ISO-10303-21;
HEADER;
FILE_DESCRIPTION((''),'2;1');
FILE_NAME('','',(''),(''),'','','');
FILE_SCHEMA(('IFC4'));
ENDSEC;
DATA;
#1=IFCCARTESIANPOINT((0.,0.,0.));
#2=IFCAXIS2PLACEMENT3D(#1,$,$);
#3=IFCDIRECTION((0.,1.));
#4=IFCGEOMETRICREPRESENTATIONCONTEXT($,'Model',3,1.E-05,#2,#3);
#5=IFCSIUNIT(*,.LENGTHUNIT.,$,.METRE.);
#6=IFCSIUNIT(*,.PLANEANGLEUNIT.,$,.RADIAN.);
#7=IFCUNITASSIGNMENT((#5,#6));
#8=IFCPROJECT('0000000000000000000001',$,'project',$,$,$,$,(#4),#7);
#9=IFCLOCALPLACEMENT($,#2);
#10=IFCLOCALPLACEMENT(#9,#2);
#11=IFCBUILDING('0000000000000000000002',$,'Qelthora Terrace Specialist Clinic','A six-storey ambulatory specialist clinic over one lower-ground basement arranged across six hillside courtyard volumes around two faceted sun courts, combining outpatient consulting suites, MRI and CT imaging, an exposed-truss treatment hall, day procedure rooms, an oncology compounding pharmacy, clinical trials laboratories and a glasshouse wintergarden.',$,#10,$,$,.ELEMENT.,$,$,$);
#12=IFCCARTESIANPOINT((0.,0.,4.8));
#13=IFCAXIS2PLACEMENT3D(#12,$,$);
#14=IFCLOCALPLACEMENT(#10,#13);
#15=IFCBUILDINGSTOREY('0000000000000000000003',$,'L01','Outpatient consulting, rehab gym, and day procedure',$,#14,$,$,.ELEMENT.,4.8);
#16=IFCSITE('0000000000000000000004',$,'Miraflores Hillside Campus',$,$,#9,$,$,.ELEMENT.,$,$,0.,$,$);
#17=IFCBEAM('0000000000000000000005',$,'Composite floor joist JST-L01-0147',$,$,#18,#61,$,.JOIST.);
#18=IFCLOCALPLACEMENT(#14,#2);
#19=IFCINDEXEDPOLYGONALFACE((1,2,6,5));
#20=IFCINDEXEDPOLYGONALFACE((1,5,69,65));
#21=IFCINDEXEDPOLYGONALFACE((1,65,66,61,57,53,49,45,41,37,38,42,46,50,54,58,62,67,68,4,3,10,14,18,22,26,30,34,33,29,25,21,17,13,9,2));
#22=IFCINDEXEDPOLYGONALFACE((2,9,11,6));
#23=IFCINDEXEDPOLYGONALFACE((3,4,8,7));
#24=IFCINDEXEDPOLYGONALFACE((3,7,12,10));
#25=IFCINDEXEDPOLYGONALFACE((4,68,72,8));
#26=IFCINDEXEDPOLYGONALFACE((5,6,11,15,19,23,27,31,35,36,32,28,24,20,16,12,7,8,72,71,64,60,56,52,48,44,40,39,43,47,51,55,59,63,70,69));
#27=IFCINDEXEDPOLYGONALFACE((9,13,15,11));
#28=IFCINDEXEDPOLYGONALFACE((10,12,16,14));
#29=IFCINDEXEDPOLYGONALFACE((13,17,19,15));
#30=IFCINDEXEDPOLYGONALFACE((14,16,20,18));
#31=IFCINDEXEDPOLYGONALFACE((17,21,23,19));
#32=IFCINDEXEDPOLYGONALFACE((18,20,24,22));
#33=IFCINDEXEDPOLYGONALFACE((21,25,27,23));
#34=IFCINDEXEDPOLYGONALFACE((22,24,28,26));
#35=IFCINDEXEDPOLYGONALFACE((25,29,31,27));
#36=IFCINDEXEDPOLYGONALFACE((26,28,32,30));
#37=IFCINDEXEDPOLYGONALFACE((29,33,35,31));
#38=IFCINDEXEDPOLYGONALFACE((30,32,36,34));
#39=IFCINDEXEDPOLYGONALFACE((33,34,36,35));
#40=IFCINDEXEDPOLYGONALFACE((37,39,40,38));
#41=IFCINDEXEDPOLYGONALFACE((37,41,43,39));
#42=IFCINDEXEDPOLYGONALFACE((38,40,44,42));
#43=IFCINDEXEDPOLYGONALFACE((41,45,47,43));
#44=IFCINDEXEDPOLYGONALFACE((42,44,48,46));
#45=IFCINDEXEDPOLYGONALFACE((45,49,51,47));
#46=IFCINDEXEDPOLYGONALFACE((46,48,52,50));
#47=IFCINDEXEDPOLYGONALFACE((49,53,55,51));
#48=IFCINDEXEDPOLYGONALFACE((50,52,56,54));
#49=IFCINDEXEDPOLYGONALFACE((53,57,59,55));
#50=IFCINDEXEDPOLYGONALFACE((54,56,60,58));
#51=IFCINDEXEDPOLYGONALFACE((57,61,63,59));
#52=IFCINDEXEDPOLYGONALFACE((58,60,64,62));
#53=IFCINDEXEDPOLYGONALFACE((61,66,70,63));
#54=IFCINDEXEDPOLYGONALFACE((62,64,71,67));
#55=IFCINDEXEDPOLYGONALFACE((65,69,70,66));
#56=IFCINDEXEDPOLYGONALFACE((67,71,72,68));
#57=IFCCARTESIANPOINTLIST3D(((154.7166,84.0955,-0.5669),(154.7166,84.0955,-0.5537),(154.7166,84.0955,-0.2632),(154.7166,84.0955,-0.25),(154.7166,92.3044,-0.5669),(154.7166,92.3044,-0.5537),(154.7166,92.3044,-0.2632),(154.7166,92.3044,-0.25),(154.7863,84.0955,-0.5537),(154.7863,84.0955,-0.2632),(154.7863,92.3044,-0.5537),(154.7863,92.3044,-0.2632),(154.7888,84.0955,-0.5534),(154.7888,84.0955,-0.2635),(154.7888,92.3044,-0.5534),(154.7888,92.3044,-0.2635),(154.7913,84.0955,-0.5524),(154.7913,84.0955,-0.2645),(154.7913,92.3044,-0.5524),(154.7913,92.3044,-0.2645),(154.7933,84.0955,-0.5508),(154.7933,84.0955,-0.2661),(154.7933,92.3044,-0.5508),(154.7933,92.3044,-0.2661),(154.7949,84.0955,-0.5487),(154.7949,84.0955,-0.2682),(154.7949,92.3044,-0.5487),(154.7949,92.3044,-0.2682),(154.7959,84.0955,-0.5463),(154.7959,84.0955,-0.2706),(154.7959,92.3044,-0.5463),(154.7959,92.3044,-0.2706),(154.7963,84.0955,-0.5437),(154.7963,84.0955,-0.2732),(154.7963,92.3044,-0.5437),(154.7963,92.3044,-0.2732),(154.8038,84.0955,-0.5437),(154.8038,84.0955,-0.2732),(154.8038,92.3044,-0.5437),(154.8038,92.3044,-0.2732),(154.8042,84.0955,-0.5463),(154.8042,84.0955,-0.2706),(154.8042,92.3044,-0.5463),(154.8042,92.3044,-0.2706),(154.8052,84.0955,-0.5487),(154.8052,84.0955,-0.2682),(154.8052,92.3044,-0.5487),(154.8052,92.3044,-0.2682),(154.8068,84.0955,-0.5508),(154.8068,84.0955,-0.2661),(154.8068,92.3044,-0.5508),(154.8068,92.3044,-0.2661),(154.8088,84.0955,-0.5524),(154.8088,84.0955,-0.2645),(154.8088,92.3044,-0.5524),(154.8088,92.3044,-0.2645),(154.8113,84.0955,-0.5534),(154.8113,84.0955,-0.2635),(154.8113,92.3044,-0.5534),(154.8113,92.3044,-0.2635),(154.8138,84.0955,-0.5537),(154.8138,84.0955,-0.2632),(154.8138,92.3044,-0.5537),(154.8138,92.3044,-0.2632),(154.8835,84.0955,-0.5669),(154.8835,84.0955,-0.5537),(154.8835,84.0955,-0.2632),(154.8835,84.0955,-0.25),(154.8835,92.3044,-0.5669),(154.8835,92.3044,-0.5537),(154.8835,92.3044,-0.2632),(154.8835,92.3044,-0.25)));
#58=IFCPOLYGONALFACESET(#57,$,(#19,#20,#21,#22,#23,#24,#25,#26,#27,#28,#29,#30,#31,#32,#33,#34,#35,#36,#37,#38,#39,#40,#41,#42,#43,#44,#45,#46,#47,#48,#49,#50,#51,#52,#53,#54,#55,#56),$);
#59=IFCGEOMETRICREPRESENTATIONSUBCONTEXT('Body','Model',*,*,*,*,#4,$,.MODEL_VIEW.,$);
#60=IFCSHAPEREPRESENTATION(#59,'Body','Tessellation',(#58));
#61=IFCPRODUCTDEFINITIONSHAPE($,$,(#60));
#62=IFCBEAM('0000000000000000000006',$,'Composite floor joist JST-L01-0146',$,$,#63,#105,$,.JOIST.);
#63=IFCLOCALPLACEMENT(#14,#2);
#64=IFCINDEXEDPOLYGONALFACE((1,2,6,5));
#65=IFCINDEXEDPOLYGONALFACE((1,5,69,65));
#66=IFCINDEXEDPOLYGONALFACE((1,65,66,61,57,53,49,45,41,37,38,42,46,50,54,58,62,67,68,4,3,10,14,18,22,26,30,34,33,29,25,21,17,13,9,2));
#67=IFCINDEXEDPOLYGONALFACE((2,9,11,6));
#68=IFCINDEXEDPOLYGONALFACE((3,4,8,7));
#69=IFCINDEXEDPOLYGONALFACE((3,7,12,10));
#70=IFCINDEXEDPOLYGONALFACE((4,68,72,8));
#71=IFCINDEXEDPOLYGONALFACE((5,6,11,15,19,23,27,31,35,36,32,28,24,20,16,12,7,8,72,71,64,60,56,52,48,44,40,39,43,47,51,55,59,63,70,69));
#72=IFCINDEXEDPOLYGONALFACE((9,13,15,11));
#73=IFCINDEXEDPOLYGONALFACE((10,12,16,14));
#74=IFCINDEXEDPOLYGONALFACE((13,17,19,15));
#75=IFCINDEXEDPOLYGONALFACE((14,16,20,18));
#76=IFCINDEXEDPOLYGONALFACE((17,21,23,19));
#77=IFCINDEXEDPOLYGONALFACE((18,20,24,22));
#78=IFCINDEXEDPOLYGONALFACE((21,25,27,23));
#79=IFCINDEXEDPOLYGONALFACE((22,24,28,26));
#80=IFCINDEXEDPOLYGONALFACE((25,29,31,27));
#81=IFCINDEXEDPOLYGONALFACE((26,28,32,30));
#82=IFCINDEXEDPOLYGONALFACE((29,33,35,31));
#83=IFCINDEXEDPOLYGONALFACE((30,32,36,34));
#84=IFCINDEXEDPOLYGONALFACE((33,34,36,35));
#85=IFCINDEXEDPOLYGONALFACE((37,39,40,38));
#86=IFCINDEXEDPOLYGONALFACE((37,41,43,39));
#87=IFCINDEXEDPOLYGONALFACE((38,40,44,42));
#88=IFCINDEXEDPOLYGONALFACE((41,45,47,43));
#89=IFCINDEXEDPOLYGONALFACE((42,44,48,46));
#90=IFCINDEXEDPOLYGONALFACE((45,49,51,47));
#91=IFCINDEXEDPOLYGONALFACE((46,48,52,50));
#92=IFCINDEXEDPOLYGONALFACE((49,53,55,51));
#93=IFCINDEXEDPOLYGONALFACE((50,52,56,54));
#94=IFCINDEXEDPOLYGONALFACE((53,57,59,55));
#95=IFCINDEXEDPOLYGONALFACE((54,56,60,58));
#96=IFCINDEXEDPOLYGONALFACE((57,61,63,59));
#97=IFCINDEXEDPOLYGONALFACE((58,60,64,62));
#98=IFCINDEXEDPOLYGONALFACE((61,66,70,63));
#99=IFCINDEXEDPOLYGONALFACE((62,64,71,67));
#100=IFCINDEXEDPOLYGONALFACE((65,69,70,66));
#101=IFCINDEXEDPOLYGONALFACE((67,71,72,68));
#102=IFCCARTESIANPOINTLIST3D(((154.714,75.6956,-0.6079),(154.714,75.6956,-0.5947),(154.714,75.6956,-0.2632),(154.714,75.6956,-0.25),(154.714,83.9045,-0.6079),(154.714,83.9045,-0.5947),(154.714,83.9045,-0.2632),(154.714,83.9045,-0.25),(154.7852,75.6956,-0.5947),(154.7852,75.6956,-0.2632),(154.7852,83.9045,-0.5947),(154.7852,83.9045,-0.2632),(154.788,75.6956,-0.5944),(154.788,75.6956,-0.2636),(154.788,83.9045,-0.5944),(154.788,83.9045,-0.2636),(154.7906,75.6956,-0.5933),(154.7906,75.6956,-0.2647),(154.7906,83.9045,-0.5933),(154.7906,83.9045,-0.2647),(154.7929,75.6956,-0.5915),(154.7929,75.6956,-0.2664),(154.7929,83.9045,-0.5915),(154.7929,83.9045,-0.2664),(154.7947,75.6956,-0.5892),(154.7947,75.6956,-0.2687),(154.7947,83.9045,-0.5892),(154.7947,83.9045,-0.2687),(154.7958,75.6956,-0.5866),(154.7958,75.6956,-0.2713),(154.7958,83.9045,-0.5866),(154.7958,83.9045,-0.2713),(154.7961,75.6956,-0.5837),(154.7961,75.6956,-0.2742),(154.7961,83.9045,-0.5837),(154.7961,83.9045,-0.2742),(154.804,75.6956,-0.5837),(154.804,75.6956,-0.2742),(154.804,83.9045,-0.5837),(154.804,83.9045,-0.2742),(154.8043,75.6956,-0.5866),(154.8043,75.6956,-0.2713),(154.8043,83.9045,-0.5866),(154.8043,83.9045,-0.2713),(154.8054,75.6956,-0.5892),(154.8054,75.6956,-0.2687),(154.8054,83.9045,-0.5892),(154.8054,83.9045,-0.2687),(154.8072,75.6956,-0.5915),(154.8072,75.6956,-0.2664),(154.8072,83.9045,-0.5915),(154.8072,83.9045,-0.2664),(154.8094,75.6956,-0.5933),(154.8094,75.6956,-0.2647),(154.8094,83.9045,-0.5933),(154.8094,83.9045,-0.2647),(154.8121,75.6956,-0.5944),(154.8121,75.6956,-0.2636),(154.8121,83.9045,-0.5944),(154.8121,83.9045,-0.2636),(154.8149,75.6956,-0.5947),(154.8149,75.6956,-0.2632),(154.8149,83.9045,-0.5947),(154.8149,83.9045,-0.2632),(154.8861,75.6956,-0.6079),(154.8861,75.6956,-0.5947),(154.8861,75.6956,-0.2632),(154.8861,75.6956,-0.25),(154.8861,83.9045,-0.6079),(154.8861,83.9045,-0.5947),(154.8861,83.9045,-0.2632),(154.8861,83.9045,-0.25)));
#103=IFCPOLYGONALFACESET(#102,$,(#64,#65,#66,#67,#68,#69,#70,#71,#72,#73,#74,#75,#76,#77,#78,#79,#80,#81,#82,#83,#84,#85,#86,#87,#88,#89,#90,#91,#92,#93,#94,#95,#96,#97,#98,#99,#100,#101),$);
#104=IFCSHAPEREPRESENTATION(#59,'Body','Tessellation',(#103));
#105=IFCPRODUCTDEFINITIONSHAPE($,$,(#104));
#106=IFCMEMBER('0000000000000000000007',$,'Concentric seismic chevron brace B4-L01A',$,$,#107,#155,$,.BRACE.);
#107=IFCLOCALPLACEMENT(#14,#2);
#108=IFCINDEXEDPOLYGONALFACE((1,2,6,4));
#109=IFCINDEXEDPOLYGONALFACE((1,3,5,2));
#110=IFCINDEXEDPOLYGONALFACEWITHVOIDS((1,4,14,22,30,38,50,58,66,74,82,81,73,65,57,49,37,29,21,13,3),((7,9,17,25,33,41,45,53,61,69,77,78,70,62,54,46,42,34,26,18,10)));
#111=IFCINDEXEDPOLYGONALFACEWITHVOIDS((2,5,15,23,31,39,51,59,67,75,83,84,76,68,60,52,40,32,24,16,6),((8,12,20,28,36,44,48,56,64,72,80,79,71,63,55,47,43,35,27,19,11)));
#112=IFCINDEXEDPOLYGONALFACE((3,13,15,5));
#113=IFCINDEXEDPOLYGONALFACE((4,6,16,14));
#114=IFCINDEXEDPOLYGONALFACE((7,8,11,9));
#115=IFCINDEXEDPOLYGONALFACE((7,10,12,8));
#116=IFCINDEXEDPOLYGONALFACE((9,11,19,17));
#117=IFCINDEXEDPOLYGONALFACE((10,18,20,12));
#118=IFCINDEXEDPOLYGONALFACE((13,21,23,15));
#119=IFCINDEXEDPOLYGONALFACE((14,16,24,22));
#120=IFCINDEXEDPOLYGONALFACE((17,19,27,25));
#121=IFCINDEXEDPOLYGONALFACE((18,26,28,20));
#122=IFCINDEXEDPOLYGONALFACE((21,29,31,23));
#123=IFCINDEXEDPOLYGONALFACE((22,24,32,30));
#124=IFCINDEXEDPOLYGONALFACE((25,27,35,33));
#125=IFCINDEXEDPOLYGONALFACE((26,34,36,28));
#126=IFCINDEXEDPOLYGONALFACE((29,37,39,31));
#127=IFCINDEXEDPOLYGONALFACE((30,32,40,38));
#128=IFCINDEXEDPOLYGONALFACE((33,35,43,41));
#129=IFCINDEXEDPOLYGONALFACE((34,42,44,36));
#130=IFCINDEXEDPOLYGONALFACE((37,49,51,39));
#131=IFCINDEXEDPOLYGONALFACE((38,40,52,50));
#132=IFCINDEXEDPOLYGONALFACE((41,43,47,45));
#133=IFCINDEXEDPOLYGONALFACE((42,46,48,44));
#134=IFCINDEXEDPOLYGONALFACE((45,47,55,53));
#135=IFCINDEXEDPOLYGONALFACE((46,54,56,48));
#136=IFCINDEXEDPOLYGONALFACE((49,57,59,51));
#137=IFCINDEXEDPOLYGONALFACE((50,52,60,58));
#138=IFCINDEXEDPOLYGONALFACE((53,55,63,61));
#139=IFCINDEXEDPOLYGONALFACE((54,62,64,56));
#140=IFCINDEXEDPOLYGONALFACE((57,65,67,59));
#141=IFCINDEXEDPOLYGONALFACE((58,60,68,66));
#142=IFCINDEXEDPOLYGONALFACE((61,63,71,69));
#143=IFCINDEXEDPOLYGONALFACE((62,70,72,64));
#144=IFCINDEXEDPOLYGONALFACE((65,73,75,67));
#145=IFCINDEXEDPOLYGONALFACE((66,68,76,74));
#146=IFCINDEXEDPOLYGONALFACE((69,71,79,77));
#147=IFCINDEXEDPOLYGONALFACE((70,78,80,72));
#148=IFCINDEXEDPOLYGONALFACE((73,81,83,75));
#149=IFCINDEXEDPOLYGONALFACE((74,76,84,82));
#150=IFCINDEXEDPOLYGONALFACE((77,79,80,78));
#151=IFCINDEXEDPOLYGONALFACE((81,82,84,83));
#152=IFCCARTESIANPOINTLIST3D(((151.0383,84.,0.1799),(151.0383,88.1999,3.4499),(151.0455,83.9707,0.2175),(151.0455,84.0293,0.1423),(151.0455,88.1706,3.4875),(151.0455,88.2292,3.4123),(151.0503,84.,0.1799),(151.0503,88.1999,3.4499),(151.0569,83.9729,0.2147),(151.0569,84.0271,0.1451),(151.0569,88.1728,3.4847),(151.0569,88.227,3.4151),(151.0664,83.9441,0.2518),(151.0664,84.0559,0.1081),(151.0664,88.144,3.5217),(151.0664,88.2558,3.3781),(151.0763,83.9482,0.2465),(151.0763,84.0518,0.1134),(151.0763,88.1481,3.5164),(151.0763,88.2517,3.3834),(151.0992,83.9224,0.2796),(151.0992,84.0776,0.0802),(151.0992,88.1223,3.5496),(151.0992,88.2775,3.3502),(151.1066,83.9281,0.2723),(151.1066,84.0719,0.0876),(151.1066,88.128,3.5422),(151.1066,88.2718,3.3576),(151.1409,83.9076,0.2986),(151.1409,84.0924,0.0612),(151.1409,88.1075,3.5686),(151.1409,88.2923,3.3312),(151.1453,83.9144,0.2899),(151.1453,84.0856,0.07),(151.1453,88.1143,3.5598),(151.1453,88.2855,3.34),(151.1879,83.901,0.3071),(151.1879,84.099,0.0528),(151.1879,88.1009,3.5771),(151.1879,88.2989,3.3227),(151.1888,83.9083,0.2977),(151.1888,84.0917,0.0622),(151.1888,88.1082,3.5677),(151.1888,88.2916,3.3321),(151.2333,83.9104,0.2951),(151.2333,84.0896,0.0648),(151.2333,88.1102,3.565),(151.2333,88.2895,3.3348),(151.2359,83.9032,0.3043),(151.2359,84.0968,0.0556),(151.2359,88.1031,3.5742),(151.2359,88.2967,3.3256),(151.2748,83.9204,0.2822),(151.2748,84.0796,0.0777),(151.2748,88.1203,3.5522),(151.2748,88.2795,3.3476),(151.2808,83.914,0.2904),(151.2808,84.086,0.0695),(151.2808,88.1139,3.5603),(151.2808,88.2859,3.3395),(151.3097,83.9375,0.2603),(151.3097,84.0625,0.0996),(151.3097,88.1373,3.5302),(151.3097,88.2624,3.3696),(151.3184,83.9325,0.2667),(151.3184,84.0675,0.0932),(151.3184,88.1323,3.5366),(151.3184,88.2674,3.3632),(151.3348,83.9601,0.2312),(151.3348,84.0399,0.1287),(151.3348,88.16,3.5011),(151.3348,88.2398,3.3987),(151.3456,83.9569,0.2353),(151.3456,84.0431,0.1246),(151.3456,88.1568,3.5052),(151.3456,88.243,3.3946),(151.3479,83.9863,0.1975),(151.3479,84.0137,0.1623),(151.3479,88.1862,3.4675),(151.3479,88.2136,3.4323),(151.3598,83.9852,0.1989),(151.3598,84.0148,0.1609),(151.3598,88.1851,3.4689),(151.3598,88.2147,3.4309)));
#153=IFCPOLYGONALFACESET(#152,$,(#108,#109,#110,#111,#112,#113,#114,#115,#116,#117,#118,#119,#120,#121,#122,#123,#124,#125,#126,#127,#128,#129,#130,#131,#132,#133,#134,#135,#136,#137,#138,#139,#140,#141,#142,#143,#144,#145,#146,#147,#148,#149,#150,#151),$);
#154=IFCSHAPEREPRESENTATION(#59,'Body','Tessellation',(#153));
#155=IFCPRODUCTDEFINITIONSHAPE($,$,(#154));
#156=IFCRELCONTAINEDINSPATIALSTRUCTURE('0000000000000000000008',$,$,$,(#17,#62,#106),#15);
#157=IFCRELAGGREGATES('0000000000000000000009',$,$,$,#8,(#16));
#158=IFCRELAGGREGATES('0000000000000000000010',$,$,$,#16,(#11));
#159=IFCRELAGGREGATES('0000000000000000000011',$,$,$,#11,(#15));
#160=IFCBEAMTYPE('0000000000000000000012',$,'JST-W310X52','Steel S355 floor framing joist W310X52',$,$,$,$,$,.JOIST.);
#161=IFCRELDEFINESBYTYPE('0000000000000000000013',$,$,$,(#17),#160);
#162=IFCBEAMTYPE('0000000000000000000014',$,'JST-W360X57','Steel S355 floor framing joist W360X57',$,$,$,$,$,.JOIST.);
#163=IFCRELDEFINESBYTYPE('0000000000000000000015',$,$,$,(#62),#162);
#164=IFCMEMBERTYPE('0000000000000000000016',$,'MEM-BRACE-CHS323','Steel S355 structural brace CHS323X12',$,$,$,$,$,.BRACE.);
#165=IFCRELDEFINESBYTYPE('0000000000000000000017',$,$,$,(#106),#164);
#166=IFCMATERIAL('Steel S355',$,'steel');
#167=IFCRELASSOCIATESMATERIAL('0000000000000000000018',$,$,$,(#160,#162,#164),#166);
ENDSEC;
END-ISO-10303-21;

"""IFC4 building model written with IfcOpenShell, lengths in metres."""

from ifc_helpers import new_model, si_unit, direction, frame, origin, origin_2d, place, context, subcontext, project, spatial, hollow_circle, i_section, extrude, material, material_profile, profile_set, type_object, element, save


model = new_model("IFC4")

# Units and contexts
model_context = context("Model", 3, precision=1e-05, world=origin(), true_north=direction((0.0, 1.0)))
body_context = subcontext(model_context, "Body", "Model", "MODEL_VIEW")
ifc_project = project(units=[si_unit("LENGTHUNIT", "METRE"), si_unit("PLANEANGLEUNIT", "RADIAN")], contexts=[model_context])

# Site, building, storey
site_placement = place(None, origin())
site = spatial("IfcSite", under=ifc_project, at=site_placement, Name="Miraflores Hillside Campus", CompositionType="ELEMENT", RefElevation=0.0)
building_placement = place(site_placement, origin())
building = spatial("IfcBuilding", under=site, at=building_placement, Name="Qelthora Terrace Specialist Clinic", Description="A six-storey ambulatory specialist clinic over one lower-ground basement arranged across six hillside courtyard volumes around two faceted sun courts, combining outpatient consulting suites, MRI and CT imaging, an exposed-truss treatment hall, day procedure rooms, an oncology compounding pharmacy, clinical trials laboratories and a glasshouse wintergarden.", CompositionType="ELEMENT")
storey_placement = place(building_placement, frame((0.0, 0.0, 4.8)))
storey = spatial("IfcBuildingStorey", under=building, at=storey_placement, Name="L01", Description="Outpatient consulting, rehab gym, and day procedure", CompositionType="ELEMENT", Elevation=4.8)

# Shared definitions
ifc_material_1 = material(Name="Steel S355", Category="steel")

# Beams
ifc_material_profile_1 = material_profile(ifc_material_1, i_section(OverallWidth=0.167, OverallDepth=0.3169, WebThickness=0.0076, FlangeThickness=0.0132, FilletRadius=0.01, at=origin_2d()), Name="W310X52")
ifc_profile_set_1 = profile_set([ifc_material_profile_1], Name="Steel S355")
beam_type_1 = type_object("IfcBeamType", Name="JST-W310X52", Description="Steel S355 floor framing joist W310X52", PredefinedType="JOIST", material=ifc_profile_set_1)
beam_1_placement = place(storey_placement, frame((154.8, 84.0955, -0.4084), z_axis=(0.0, 1.0, 0.0), x_axis=(-1.0, 0.0, 0.0)))
element("IfcBeam", 1, at=beam_1_placement, inside=storey, type_object=beam_type_1, Name="Composite floor joist JST-L01-0147", PredefinedType="JOIST", context=body_context, shape_type="SweptSolid", body=[
    extrude(i_section(OverallWidth=0.167, OverallDepth=0.3169, WebThickness=0.0076, FlangeThickness=0.0132, FilletRadius=0.01, at=origin_2d()), origin(), (0.0, 0.0, 1.0), 8.209),
])
ifc_material_profile_2 = material_profile(ifc_material_1, i_section(OverallWidth=0.1721, OverallDepth=0.3579, WebThickness=0.0078, FlangeThickness=0.0132, FilletRadius=0.011, at=origin_2d()), Name="W360X57")
ifc_profile_set_2 = profile_set([ifc_material_profile_2], Name="Steel S355")
beam_type_2 = type_object("IfcBeamType", Name="JST-W360X57", Description="Steel S355 floor framing joist W360X57", PredefinedType="JOIST", material=ifc_profile_set_2)
beam_2_placement = place(storey_placement, frame((154.8, 75.6956, -0.429), z_axis=(0.0, 1.0, 0.0), x_axis=(-1.0, 0.0, 0.0)))
element("IfcBeam", 2, at=beam_2_placement, inside=storey, type_object=beam_type_2, Name="Composite floor joist JST-L01-0146", PredefinedType="JOIST", context=body_context, shape_type="SweptSolid", body=[
    extrude(i_section(OverallWidth=0.1721, OverallDepth=0.3579, WebThickness=0.0078, FlangeThickness=0.0132, FilletRadius=0.011, at=origin_2d()), origin(), (0.0, 0.0, 1.0), 8.209),
])

# Member
ifc_material_profile_3 = material_profile(ifc_material_1, hollow_circle(Radius=0.1616, WallThickness=0.012, at=origin_2d()), Name="CHS323X12")
ifc_profile_set_3 = profile_set([ifc_material_profile_3], Name="Steel S355")
member_type = type_object("IfcMemberType", Name="MEM-BRACE-CHS323", Description="Steel S355 structural brace CHS323X12", PredefinedType="BRACE", material=ifc_profile_set_3)
member_placement = place(storey_placement, frame((151.2, 84.0, 0.1799), z_axis=(0.0, 0.789043, 0.614337), x_axis=(-1.0, 0.0, 0.0)))
element("IfcMember", 3, at=member_placement, inside=storey, type_object=member_type, Name="Concentric seismic chevron brace B4-L01A", PredefinedType="BRACE", context=body_context, shape_type="SweptSolid", body=[
    extrude(hollow_circle(Radius=0.1616, WallThickness=0.012, at=origin_2d()), origin(), (0.0, 0.0, 1.0), 5.3228),
])

save(model, "model.ifc")
